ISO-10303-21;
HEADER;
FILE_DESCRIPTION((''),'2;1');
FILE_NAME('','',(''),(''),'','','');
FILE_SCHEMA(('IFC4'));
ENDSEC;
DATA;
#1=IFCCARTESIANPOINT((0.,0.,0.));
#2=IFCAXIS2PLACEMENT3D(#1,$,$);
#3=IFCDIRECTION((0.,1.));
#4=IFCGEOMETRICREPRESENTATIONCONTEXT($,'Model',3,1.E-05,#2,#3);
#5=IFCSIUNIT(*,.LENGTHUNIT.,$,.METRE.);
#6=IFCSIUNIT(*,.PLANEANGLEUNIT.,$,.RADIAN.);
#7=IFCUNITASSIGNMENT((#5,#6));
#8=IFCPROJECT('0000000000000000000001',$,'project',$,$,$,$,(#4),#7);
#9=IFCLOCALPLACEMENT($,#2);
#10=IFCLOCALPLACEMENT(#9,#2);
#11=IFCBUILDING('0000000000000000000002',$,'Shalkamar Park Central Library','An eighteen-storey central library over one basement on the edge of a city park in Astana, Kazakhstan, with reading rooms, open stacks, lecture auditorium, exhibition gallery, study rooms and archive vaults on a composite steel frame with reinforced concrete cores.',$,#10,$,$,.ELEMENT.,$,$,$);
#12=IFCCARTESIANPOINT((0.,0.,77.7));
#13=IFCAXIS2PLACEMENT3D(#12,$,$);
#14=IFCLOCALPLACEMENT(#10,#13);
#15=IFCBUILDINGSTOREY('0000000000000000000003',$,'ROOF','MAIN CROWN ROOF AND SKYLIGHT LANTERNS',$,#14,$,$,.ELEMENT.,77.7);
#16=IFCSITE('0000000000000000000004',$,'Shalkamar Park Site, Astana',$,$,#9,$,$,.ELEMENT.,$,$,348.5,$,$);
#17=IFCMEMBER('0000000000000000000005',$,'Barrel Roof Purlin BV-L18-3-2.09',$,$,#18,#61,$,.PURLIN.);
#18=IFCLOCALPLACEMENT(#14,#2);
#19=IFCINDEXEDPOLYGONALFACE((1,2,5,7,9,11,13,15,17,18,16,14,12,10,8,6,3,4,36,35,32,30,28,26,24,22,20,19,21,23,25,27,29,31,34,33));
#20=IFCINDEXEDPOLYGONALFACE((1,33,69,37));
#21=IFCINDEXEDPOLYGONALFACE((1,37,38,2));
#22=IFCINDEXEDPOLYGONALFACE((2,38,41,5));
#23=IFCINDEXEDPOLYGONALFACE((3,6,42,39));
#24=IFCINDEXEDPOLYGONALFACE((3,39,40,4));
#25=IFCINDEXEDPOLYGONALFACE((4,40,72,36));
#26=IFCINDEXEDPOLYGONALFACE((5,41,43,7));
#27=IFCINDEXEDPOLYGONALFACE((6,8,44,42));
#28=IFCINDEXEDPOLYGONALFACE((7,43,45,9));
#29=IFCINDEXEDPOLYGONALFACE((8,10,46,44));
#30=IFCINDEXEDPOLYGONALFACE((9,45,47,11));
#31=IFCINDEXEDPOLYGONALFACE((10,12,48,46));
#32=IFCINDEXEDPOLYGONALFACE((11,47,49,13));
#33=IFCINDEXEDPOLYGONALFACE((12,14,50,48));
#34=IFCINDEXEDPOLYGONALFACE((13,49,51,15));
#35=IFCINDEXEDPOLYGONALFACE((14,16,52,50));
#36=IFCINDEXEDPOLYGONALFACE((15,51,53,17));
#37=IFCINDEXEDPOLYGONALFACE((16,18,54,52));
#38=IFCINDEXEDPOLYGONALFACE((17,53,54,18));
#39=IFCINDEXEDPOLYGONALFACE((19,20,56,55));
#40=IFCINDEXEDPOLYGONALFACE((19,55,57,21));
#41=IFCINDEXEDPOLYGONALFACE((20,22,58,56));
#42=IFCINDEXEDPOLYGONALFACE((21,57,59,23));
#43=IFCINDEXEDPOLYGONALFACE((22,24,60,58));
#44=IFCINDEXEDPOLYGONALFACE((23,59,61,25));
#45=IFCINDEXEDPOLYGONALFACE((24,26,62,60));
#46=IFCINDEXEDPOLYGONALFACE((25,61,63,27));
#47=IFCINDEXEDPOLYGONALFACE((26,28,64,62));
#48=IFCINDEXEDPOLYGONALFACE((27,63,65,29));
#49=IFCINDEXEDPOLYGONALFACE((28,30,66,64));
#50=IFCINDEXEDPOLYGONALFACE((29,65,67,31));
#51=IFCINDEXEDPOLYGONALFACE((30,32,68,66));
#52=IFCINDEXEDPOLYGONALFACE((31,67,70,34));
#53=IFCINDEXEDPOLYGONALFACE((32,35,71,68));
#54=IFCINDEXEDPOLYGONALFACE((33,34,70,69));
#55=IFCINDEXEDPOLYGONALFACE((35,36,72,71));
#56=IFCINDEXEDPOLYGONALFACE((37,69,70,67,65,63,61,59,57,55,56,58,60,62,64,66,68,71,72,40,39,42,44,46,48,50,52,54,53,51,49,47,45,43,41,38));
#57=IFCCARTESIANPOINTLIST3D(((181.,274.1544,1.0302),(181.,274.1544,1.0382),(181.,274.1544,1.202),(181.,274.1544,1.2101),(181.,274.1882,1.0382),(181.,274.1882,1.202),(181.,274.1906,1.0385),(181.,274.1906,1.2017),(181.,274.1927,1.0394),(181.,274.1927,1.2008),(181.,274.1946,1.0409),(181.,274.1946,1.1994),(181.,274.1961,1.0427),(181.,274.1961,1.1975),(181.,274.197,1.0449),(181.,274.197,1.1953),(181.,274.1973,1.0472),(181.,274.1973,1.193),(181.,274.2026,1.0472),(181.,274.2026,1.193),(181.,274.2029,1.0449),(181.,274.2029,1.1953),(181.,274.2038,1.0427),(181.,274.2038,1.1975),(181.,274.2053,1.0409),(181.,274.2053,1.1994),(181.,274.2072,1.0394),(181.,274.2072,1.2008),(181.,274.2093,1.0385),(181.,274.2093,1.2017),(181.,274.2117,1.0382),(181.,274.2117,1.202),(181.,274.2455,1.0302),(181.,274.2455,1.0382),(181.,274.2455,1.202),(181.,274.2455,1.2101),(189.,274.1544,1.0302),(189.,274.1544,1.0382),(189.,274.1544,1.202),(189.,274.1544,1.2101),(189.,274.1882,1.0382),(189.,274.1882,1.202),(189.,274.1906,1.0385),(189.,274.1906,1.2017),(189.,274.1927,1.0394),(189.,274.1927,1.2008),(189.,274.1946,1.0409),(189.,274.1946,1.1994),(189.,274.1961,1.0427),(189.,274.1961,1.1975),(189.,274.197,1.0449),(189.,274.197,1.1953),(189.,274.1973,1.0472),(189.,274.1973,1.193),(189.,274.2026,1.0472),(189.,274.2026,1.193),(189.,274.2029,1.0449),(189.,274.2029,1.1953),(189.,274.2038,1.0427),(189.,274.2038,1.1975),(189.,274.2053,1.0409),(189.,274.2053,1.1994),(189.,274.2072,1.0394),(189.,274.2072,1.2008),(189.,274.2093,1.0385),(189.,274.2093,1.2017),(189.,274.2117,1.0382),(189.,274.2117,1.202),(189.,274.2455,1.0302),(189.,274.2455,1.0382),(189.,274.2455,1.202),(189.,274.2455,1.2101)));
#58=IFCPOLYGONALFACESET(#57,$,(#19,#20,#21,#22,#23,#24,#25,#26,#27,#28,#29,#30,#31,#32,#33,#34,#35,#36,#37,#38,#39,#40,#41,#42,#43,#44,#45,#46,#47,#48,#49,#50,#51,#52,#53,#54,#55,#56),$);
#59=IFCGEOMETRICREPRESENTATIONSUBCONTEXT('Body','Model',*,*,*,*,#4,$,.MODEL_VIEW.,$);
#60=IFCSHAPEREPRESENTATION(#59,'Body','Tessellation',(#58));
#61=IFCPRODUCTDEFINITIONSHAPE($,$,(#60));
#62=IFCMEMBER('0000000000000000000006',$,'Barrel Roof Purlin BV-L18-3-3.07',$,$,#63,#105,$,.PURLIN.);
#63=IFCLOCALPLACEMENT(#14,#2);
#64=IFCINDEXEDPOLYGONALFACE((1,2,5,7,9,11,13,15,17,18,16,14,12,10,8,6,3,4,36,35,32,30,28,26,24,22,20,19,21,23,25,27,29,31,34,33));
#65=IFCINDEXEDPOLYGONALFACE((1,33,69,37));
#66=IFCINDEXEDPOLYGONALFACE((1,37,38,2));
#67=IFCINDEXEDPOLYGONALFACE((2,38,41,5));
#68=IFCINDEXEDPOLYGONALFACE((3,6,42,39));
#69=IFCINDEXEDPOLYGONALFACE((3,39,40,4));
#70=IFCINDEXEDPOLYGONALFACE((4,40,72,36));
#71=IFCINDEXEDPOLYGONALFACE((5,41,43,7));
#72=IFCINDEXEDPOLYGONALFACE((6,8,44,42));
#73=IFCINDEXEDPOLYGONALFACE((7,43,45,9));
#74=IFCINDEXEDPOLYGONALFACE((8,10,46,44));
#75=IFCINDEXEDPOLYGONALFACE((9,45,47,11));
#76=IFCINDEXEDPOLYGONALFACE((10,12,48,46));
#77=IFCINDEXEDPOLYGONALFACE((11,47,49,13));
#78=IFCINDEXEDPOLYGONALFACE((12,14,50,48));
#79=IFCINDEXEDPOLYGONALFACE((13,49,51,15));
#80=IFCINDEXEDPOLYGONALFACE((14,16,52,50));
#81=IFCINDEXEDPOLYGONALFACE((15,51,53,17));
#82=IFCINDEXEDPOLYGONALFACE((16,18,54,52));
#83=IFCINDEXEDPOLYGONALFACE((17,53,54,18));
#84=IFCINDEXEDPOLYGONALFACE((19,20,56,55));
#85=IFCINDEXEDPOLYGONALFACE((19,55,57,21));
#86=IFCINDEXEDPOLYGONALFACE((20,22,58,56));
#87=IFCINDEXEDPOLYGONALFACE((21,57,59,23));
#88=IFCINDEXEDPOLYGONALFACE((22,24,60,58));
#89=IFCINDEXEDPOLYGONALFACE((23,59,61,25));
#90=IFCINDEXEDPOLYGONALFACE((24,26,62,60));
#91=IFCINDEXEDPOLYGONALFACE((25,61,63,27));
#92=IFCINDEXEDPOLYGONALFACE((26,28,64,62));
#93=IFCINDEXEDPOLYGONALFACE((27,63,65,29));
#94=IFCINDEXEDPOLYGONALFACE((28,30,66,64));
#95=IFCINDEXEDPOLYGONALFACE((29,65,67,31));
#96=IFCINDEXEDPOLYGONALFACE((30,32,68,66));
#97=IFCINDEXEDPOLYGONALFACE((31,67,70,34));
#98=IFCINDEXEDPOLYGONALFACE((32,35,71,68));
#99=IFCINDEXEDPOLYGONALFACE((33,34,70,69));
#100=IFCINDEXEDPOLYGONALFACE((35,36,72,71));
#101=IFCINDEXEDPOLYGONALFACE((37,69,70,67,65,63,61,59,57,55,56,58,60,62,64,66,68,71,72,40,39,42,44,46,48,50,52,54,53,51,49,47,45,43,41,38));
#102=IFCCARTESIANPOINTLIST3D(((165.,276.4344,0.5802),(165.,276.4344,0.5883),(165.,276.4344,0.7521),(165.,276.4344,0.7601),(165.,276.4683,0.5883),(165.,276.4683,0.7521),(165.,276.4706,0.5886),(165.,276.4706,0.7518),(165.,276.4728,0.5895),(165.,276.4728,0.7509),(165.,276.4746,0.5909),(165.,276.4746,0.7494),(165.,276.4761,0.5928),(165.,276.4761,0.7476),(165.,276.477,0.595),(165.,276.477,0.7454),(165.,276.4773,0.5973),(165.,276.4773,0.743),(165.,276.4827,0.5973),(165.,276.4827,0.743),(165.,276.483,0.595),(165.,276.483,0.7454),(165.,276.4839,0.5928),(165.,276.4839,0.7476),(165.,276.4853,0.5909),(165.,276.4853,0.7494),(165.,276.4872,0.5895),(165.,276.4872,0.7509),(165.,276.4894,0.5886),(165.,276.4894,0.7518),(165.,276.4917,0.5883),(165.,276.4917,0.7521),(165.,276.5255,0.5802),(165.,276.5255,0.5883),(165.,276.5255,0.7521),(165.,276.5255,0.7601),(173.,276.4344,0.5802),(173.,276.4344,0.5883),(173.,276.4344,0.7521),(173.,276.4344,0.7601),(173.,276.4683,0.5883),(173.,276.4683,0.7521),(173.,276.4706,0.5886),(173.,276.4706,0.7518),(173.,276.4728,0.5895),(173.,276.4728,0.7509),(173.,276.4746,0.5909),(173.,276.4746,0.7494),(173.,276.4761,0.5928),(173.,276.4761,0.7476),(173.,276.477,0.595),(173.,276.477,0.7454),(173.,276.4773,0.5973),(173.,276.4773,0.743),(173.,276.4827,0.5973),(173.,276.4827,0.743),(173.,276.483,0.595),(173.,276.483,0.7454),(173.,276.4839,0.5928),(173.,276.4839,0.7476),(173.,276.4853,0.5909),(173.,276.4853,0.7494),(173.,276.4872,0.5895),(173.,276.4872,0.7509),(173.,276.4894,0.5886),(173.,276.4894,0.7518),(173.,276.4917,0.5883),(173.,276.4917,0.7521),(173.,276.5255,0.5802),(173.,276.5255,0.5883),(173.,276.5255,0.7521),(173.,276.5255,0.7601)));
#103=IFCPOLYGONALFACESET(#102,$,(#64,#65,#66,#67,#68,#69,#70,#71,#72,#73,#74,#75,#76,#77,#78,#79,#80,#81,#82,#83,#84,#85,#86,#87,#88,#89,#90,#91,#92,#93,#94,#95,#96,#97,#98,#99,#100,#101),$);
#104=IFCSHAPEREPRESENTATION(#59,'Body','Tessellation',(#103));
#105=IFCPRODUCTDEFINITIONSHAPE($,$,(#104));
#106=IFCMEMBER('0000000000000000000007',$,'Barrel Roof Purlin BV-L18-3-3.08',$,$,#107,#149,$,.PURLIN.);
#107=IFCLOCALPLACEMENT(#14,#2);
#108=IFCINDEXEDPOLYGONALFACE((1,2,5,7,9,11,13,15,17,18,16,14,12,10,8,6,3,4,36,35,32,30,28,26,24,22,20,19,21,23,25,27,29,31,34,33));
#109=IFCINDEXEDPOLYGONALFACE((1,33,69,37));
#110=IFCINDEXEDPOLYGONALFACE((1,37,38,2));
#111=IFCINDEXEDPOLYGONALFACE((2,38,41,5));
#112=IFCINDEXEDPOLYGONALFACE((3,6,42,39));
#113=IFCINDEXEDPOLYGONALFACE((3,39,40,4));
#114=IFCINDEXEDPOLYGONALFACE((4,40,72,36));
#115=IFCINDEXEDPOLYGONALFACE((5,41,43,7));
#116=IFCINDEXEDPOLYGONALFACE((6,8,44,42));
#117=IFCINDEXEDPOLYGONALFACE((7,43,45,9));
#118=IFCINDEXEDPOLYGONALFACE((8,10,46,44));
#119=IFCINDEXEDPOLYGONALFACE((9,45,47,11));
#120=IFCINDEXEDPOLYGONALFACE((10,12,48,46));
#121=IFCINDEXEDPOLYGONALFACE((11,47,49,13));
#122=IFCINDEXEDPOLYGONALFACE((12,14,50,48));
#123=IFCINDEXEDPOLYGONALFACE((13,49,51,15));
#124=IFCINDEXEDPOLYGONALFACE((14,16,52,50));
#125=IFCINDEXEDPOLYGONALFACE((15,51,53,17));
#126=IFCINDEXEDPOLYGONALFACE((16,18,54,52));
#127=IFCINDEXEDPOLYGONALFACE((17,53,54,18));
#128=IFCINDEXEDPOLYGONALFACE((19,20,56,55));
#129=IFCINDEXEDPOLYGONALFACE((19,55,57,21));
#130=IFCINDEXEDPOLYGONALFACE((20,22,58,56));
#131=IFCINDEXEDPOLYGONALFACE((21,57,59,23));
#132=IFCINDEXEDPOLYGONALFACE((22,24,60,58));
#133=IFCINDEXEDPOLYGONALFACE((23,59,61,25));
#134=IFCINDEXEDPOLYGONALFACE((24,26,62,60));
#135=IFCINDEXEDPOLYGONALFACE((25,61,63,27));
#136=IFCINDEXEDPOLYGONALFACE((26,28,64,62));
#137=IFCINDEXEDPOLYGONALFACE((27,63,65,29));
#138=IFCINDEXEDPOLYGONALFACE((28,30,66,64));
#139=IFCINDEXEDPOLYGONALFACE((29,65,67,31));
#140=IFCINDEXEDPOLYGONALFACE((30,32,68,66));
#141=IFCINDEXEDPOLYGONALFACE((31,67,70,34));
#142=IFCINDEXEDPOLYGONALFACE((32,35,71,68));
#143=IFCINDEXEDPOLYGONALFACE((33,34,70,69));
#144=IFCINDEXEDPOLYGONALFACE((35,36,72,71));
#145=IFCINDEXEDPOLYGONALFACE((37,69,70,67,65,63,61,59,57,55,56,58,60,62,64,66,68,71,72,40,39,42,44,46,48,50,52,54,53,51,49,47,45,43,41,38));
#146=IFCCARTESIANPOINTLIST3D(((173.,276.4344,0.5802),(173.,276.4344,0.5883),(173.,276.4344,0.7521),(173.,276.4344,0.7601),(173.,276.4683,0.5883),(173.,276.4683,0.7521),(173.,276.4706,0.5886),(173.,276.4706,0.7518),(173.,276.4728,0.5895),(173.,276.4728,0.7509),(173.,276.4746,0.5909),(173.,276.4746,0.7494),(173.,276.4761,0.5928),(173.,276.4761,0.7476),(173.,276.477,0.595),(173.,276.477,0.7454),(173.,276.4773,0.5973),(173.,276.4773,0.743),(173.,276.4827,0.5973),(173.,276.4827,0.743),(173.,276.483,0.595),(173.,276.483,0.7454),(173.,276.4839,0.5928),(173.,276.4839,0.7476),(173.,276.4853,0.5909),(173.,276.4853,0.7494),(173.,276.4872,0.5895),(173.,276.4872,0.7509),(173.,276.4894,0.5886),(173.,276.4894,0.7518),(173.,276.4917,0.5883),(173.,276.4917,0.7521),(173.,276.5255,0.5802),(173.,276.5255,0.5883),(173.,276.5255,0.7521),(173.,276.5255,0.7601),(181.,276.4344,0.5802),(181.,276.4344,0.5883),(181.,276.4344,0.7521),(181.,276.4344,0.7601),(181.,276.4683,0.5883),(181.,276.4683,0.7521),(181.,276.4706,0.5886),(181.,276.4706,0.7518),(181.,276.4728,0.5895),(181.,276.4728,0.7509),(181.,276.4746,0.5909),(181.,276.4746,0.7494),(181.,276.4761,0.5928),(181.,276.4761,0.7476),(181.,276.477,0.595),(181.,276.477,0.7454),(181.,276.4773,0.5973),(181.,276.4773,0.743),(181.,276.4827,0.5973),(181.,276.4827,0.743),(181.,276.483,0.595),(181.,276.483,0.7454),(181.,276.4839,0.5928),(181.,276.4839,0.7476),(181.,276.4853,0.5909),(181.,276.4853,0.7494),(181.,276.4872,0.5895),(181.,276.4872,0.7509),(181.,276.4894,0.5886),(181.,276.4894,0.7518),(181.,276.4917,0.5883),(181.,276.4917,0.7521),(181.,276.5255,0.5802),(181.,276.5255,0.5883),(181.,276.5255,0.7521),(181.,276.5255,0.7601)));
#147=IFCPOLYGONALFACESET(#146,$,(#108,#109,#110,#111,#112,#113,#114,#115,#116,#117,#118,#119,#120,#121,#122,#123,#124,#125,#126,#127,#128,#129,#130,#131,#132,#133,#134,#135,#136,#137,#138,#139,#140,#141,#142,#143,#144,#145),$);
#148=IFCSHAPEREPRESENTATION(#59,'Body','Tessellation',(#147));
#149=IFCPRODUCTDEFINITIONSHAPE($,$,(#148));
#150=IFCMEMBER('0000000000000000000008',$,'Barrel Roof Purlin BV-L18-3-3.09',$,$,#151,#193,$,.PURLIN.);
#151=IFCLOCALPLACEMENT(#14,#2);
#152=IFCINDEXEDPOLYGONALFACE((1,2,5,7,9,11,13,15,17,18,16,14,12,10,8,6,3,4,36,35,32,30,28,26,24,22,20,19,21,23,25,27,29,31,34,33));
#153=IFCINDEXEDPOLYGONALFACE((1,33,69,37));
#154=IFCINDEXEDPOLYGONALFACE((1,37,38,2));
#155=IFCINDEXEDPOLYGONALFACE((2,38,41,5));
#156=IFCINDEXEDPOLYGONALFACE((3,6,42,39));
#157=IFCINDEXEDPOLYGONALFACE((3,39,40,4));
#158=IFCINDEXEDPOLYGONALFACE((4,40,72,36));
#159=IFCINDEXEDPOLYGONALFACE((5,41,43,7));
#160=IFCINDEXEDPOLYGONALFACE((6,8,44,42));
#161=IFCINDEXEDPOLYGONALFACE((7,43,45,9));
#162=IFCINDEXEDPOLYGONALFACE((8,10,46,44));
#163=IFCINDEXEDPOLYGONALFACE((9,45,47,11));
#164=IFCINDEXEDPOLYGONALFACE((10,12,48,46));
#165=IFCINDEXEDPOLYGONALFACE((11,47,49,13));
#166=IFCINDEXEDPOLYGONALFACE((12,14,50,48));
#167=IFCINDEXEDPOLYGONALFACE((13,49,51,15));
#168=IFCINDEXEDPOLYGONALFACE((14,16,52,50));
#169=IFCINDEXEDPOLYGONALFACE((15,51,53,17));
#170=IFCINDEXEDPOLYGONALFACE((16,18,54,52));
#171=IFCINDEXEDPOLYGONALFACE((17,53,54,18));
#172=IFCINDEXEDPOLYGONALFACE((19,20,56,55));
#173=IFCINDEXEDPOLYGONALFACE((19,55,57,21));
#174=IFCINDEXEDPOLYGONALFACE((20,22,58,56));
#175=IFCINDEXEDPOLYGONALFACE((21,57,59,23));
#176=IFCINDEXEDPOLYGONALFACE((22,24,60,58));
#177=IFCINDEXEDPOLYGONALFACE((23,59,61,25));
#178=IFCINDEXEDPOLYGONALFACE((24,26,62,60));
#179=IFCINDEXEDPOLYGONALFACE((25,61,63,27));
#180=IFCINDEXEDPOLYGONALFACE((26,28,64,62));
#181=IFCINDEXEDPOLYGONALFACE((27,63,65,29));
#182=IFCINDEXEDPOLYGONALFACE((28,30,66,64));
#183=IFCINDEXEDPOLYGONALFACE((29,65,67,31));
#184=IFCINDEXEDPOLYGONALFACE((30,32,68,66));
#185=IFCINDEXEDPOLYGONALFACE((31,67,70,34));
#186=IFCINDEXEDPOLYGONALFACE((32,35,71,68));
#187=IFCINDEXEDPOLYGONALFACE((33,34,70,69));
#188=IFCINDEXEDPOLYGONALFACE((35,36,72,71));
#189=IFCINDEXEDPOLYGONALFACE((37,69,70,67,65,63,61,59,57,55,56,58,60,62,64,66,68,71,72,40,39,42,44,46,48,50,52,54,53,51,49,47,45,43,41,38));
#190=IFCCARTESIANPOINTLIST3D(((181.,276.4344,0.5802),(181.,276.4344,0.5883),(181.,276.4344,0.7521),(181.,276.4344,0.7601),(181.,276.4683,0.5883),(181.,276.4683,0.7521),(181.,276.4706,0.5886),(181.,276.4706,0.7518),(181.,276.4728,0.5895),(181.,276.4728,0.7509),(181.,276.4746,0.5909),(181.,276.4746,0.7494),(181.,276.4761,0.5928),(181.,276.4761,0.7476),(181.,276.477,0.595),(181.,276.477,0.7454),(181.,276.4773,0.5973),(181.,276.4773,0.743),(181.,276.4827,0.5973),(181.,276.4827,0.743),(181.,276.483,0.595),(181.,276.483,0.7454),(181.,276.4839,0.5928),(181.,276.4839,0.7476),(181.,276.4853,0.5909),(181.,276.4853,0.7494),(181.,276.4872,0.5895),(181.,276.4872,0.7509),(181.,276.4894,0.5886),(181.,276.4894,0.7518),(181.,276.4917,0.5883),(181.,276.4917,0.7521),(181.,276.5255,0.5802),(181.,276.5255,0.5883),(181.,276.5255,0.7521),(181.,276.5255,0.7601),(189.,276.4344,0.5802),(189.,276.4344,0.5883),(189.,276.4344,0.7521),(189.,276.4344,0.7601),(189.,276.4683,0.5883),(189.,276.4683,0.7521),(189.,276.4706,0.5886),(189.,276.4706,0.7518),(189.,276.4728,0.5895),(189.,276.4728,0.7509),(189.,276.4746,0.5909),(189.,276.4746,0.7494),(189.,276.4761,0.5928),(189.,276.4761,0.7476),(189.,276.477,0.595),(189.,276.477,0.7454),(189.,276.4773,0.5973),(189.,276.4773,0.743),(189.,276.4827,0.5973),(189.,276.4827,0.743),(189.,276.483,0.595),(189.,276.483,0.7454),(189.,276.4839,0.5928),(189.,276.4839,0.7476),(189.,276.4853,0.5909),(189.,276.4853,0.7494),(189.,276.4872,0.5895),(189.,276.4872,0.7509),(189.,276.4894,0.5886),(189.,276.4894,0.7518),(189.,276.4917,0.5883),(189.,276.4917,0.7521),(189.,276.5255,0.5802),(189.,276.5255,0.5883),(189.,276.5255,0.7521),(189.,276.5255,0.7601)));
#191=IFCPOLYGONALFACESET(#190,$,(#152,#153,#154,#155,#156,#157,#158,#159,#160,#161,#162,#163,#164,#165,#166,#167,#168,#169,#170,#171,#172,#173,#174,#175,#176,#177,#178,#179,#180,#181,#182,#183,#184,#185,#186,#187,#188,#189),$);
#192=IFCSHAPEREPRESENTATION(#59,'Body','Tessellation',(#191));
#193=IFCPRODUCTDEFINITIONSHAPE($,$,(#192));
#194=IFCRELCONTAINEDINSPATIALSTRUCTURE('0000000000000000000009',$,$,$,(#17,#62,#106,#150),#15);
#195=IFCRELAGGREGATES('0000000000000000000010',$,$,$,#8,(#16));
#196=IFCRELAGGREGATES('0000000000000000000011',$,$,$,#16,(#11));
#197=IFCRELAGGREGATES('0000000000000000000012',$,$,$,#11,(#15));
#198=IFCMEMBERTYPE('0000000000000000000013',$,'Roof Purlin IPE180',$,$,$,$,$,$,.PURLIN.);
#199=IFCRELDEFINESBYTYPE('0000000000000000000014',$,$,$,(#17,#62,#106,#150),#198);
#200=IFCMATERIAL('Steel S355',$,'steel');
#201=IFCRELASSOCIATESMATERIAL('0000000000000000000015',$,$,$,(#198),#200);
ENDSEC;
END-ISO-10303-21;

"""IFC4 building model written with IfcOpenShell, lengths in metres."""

from ifc_helpers import new_model, si_unit, direction, frame, origin, origin_2d, place, context, subcontext, project, spatial, i_section, extrude, material, material_profile, profile_set, type_object, element, save


model = new_model("IFC4")

# Units and contexts
model_context = context("Model", 3, precision=1e-05, world=origin(), true_north=direction((0.0, 1.0)))
body_context = subcontext(model_context, "Body", "Model", "MODEL_VIEW")
ifc_project = project(units=[si_unit("LENGTHUNIT", "METRE"), si_unit("PLANEANGLEUNIT", "RADIAN")], contexts=[model_context])

# Site, building, storey
site_placement = place(None, origin())
site = spatial("IfcSite", under=ifc_project, at=site_placement, Name="Shalkamar Park Site, Astana", CompositionType="ELEMENT", RefElevation=348.5)
building_placement = place(site_placement, origin())
building = spatial("IfcBuilding", under=site, at=building_placement, Name="Shalkamar Park Central Library", Description="An eighteen-storey central library over one basement on the edge of a city park in Astana, Kazakhstan, with reading rooms, open stacks, lecture auditorium, exhibition gallery, study rooms and archive vaults on a composite steel frame with reinforced concrete cores.", CompositionType="ELEMENT")
storey_placement = place(building_placement, frame((0.0, 0.0, 77.7)))
storey = spatial("IfcBuildingStorey", under=building, at=storey_placement, Name="ROOF", Description="MAIN CROWN ROOF AND SKYLIGHT LANTERNS", CompositionType="ELEMENT", Elevation=77.7)

# Members
ifc_material_1 = material(Name="Steel S355", Category="steel")
ifc_material_profile_1 = material_profile(ifc_material_1, i_section(OverallWidth=0.0911, OverallDepth=0.1799, WebThickness=0.0054, FlangeThickness=0.0081, FilletRadius=0.009, at=origin_2d()), Name="IPE 180")
ifc_profile_set_1 = profile_set([ifc_material_profile_1], Name="Steel S355")
member_type_1 = type_object("IfcMemberType", Name="Roof Purlin IPE180", PredefinedType="PURLIN", material=ifc_profile_set_1)
for number, where, z_axis, x_axis, name in (
    (1, (181.0, 274.2, 1.1201), (1.0, 0.0, 0.0), (0.0, 1.0, 0.0), "Barrel Roof Purlin BV-L18-3-2.09"),
    (2, (165.0, 276.48, 0.6702), (1.0, 0.0, 0.0), (0.0, 1.0, 0.0), "Barrel Roof Purlin BV-L18-3-3.07"),
    (3, (173.0, 276.48, 0.6702), (1.0, 0.0, 0.0), (0.0, 1.0, 0.0), "Barrel Roof Purlin BV-L18-3-3.08"),
    (4, (181.0, 276.48, 0.6702), (1.0, 0.0, 0.0), (0.0, 1.0, 0.0), "Barrel Roof Purlin BV-L18-3-3.09"),
):
    element("IfcMember", number, at=place(storey_placement, frame(where, z_axis=z_axis, x_axis=x_axis)), inside=storey, type_object=member_type_1, Name=name, PredefinedType="PURLIN", context=body_context, shape_type="SweptSolid", body=[
        extrude(i_section(OverallWidth=0.0911, OverallDepth=0.1799, WebThickness=0.0054, FlangeThickness=0.0081, FilletRadius=0.009, at=origin_2d()), origin(), (0.0, 0.0, 1.0), 8.0),
    ])

save(model, "model.ifc")
